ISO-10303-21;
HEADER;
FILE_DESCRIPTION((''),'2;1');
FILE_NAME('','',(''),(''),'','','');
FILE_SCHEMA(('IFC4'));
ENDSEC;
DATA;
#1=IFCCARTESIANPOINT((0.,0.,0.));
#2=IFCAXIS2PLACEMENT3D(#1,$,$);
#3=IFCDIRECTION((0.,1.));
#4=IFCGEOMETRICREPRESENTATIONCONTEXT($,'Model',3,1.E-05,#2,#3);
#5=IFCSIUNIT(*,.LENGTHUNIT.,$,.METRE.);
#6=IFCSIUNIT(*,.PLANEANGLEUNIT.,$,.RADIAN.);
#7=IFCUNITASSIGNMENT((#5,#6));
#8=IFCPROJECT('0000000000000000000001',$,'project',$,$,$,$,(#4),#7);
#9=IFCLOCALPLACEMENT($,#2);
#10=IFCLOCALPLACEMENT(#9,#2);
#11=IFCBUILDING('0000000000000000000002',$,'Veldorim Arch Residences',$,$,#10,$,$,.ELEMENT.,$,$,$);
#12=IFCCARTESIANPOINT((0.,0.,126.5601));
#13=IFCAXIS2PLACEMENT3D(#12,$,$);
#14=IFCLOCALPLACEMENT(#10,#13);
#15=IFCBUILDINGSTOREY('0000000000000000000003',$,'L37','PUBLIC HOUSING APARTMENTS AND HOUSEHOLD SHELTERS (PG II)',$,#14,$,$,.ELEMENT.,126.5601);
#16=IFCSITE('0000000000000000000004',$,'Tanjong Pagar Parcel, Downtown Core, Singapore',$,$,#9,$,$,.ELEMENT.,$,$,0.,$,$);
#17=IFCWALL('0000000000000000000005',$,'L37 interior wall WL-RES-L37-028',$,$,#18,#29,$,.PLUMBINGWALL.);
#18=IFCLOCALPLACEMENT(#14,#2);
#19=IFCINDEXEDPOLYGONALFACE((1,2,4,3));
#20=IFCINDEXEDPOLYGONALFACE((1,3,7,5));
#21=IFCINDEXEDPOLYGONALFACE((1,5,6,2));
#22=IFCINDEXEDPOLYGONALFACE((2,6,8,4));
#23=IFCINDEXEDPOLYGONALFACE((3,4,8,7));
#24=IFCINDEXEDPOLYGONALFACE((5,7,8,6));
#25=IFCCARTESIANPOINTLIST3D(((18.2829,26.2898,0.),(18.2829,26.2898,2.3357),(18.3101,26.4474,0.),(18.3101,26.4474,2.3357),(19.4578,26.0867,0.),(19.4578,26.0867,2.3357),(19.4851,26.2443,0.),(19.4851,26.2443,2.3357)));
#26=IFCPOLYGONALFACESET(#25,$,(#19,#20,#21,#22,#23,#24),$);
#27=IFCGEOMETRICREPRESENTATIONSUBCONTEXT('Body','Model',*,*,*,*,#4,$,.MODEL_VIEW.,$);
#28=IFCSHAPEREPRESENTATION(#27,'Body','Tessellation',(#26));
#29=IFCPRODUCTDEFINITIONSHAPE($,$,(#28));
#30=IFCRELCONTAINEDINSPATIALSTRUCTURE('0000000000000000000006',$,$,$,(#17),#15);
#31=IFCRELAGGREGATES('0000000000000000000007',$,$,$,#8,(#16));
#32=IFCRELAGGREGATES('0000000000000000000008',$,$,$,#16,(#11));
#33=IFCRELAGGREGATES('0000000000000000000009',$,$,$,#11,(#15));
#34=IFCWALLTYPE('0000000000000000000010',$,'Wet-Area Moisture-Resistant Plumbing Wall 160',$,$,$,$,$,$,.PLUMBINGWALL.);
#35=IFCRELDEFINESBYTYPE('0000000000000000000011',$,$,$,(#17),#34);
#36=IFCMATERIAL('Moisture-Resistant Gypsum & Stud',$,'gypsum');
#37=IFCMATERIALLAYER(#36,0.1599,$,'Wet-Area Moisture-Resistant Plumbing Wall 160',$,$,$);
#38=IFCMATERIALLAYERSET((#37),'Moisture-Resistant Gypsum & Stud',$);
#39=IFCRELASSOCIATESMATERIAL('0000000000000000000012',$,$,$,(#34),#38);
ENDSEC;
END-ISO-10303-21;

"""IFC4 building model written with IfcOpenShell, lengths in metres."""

from ifc_helpers import new_model, si_unit, direction, frame, frame_2d, origin, place, context, subcontext, project, spatial, rectangle, extrude, material, layer, layer_set, type_object, element, save


model = new_model("IFC4")

# Units and contexts
model_context = context("Model", 3, precision=1e-05, world=origin(), true_north=direction((0.0, 1.0)))
body_context = subcontext(model_context, "Body", "Model", "MODEL_VIEW")
ifc_project = project(units=[si_unit("LENGTHUNIT", "METRE"), si_unit("PLANEANGLEUNIT", "RADIAN")], contexts=[model_context])

# Site, building, storey
site_placement = place(None, origin())
site = spatial("IfcSite", under=ifc_project, at=site_placement, Name="Tanjong Pagar Parcel, Downtown Core, Singapore", CompositionType="ELEMENT", RefElevation=0.0)
building_placement = place(site_placement, origin())
building = spatial("IfcBuilding", under=site, at=building_placement, Name="Veldorim Arch Residences", CompositionType="ELEMENT")
storey_placement = place(building_placement, frame((0.0, 0.0, 126.5601)))
storey = spatial("IfcBuildingStorey", under=building, at=storey_placement, Name="L37", Description="PUBLIC HOUSING APARTMENTS AND HOUSEHOLD SHELTERS (PG II)", CompositionType="ELEMENT", Elevation=126.5601)

# Shared definitions
ifc_material_1 = material(Name="Moisture-Resistant Gypsum & Stud", Category="gypsum")
ifc_layer_1 = layer(ifc_material_1, 0.1599, Name="Wet-Area Moisture-Resistant Plumbing Wall 160")
ifc_layer_set_1 = layer_set([ifc_layer_1], Name="Moisture-Resistant Gypsum & Stud")
wall_type_1 = type_object("IfcWallType", Name="Wet-Area Moisture-Resistant Plumbing Wall 160", PredefinedType="PLUMBINGWALL", material=ifc_layer_set_1)

# Wall
wall_1_placement = place(storey_placement, frame((19.4714, 26.1655, 0.0), z_axis=(0.0, 0.0, 1.0), x_axis=(-0.985386, 0.170339, 0.0)))
element("IfcWall", 1, at=wall_1_placement, inside=storey, type_object=wall_type_1, Name="L37 interior wall WL-RES-L37-028", PredefinedType="PLUMBINGWALL", context=body_context, shape_type="SweptSolid", body=[
    extrude(rectangle(XDim=1.1924, YDim=0.1599, at=frame_2d((0.5962, 0.0))), origin(), (0.0, 0.0, 1.0), 2.3357),
])

save(model, "model.ifc")
